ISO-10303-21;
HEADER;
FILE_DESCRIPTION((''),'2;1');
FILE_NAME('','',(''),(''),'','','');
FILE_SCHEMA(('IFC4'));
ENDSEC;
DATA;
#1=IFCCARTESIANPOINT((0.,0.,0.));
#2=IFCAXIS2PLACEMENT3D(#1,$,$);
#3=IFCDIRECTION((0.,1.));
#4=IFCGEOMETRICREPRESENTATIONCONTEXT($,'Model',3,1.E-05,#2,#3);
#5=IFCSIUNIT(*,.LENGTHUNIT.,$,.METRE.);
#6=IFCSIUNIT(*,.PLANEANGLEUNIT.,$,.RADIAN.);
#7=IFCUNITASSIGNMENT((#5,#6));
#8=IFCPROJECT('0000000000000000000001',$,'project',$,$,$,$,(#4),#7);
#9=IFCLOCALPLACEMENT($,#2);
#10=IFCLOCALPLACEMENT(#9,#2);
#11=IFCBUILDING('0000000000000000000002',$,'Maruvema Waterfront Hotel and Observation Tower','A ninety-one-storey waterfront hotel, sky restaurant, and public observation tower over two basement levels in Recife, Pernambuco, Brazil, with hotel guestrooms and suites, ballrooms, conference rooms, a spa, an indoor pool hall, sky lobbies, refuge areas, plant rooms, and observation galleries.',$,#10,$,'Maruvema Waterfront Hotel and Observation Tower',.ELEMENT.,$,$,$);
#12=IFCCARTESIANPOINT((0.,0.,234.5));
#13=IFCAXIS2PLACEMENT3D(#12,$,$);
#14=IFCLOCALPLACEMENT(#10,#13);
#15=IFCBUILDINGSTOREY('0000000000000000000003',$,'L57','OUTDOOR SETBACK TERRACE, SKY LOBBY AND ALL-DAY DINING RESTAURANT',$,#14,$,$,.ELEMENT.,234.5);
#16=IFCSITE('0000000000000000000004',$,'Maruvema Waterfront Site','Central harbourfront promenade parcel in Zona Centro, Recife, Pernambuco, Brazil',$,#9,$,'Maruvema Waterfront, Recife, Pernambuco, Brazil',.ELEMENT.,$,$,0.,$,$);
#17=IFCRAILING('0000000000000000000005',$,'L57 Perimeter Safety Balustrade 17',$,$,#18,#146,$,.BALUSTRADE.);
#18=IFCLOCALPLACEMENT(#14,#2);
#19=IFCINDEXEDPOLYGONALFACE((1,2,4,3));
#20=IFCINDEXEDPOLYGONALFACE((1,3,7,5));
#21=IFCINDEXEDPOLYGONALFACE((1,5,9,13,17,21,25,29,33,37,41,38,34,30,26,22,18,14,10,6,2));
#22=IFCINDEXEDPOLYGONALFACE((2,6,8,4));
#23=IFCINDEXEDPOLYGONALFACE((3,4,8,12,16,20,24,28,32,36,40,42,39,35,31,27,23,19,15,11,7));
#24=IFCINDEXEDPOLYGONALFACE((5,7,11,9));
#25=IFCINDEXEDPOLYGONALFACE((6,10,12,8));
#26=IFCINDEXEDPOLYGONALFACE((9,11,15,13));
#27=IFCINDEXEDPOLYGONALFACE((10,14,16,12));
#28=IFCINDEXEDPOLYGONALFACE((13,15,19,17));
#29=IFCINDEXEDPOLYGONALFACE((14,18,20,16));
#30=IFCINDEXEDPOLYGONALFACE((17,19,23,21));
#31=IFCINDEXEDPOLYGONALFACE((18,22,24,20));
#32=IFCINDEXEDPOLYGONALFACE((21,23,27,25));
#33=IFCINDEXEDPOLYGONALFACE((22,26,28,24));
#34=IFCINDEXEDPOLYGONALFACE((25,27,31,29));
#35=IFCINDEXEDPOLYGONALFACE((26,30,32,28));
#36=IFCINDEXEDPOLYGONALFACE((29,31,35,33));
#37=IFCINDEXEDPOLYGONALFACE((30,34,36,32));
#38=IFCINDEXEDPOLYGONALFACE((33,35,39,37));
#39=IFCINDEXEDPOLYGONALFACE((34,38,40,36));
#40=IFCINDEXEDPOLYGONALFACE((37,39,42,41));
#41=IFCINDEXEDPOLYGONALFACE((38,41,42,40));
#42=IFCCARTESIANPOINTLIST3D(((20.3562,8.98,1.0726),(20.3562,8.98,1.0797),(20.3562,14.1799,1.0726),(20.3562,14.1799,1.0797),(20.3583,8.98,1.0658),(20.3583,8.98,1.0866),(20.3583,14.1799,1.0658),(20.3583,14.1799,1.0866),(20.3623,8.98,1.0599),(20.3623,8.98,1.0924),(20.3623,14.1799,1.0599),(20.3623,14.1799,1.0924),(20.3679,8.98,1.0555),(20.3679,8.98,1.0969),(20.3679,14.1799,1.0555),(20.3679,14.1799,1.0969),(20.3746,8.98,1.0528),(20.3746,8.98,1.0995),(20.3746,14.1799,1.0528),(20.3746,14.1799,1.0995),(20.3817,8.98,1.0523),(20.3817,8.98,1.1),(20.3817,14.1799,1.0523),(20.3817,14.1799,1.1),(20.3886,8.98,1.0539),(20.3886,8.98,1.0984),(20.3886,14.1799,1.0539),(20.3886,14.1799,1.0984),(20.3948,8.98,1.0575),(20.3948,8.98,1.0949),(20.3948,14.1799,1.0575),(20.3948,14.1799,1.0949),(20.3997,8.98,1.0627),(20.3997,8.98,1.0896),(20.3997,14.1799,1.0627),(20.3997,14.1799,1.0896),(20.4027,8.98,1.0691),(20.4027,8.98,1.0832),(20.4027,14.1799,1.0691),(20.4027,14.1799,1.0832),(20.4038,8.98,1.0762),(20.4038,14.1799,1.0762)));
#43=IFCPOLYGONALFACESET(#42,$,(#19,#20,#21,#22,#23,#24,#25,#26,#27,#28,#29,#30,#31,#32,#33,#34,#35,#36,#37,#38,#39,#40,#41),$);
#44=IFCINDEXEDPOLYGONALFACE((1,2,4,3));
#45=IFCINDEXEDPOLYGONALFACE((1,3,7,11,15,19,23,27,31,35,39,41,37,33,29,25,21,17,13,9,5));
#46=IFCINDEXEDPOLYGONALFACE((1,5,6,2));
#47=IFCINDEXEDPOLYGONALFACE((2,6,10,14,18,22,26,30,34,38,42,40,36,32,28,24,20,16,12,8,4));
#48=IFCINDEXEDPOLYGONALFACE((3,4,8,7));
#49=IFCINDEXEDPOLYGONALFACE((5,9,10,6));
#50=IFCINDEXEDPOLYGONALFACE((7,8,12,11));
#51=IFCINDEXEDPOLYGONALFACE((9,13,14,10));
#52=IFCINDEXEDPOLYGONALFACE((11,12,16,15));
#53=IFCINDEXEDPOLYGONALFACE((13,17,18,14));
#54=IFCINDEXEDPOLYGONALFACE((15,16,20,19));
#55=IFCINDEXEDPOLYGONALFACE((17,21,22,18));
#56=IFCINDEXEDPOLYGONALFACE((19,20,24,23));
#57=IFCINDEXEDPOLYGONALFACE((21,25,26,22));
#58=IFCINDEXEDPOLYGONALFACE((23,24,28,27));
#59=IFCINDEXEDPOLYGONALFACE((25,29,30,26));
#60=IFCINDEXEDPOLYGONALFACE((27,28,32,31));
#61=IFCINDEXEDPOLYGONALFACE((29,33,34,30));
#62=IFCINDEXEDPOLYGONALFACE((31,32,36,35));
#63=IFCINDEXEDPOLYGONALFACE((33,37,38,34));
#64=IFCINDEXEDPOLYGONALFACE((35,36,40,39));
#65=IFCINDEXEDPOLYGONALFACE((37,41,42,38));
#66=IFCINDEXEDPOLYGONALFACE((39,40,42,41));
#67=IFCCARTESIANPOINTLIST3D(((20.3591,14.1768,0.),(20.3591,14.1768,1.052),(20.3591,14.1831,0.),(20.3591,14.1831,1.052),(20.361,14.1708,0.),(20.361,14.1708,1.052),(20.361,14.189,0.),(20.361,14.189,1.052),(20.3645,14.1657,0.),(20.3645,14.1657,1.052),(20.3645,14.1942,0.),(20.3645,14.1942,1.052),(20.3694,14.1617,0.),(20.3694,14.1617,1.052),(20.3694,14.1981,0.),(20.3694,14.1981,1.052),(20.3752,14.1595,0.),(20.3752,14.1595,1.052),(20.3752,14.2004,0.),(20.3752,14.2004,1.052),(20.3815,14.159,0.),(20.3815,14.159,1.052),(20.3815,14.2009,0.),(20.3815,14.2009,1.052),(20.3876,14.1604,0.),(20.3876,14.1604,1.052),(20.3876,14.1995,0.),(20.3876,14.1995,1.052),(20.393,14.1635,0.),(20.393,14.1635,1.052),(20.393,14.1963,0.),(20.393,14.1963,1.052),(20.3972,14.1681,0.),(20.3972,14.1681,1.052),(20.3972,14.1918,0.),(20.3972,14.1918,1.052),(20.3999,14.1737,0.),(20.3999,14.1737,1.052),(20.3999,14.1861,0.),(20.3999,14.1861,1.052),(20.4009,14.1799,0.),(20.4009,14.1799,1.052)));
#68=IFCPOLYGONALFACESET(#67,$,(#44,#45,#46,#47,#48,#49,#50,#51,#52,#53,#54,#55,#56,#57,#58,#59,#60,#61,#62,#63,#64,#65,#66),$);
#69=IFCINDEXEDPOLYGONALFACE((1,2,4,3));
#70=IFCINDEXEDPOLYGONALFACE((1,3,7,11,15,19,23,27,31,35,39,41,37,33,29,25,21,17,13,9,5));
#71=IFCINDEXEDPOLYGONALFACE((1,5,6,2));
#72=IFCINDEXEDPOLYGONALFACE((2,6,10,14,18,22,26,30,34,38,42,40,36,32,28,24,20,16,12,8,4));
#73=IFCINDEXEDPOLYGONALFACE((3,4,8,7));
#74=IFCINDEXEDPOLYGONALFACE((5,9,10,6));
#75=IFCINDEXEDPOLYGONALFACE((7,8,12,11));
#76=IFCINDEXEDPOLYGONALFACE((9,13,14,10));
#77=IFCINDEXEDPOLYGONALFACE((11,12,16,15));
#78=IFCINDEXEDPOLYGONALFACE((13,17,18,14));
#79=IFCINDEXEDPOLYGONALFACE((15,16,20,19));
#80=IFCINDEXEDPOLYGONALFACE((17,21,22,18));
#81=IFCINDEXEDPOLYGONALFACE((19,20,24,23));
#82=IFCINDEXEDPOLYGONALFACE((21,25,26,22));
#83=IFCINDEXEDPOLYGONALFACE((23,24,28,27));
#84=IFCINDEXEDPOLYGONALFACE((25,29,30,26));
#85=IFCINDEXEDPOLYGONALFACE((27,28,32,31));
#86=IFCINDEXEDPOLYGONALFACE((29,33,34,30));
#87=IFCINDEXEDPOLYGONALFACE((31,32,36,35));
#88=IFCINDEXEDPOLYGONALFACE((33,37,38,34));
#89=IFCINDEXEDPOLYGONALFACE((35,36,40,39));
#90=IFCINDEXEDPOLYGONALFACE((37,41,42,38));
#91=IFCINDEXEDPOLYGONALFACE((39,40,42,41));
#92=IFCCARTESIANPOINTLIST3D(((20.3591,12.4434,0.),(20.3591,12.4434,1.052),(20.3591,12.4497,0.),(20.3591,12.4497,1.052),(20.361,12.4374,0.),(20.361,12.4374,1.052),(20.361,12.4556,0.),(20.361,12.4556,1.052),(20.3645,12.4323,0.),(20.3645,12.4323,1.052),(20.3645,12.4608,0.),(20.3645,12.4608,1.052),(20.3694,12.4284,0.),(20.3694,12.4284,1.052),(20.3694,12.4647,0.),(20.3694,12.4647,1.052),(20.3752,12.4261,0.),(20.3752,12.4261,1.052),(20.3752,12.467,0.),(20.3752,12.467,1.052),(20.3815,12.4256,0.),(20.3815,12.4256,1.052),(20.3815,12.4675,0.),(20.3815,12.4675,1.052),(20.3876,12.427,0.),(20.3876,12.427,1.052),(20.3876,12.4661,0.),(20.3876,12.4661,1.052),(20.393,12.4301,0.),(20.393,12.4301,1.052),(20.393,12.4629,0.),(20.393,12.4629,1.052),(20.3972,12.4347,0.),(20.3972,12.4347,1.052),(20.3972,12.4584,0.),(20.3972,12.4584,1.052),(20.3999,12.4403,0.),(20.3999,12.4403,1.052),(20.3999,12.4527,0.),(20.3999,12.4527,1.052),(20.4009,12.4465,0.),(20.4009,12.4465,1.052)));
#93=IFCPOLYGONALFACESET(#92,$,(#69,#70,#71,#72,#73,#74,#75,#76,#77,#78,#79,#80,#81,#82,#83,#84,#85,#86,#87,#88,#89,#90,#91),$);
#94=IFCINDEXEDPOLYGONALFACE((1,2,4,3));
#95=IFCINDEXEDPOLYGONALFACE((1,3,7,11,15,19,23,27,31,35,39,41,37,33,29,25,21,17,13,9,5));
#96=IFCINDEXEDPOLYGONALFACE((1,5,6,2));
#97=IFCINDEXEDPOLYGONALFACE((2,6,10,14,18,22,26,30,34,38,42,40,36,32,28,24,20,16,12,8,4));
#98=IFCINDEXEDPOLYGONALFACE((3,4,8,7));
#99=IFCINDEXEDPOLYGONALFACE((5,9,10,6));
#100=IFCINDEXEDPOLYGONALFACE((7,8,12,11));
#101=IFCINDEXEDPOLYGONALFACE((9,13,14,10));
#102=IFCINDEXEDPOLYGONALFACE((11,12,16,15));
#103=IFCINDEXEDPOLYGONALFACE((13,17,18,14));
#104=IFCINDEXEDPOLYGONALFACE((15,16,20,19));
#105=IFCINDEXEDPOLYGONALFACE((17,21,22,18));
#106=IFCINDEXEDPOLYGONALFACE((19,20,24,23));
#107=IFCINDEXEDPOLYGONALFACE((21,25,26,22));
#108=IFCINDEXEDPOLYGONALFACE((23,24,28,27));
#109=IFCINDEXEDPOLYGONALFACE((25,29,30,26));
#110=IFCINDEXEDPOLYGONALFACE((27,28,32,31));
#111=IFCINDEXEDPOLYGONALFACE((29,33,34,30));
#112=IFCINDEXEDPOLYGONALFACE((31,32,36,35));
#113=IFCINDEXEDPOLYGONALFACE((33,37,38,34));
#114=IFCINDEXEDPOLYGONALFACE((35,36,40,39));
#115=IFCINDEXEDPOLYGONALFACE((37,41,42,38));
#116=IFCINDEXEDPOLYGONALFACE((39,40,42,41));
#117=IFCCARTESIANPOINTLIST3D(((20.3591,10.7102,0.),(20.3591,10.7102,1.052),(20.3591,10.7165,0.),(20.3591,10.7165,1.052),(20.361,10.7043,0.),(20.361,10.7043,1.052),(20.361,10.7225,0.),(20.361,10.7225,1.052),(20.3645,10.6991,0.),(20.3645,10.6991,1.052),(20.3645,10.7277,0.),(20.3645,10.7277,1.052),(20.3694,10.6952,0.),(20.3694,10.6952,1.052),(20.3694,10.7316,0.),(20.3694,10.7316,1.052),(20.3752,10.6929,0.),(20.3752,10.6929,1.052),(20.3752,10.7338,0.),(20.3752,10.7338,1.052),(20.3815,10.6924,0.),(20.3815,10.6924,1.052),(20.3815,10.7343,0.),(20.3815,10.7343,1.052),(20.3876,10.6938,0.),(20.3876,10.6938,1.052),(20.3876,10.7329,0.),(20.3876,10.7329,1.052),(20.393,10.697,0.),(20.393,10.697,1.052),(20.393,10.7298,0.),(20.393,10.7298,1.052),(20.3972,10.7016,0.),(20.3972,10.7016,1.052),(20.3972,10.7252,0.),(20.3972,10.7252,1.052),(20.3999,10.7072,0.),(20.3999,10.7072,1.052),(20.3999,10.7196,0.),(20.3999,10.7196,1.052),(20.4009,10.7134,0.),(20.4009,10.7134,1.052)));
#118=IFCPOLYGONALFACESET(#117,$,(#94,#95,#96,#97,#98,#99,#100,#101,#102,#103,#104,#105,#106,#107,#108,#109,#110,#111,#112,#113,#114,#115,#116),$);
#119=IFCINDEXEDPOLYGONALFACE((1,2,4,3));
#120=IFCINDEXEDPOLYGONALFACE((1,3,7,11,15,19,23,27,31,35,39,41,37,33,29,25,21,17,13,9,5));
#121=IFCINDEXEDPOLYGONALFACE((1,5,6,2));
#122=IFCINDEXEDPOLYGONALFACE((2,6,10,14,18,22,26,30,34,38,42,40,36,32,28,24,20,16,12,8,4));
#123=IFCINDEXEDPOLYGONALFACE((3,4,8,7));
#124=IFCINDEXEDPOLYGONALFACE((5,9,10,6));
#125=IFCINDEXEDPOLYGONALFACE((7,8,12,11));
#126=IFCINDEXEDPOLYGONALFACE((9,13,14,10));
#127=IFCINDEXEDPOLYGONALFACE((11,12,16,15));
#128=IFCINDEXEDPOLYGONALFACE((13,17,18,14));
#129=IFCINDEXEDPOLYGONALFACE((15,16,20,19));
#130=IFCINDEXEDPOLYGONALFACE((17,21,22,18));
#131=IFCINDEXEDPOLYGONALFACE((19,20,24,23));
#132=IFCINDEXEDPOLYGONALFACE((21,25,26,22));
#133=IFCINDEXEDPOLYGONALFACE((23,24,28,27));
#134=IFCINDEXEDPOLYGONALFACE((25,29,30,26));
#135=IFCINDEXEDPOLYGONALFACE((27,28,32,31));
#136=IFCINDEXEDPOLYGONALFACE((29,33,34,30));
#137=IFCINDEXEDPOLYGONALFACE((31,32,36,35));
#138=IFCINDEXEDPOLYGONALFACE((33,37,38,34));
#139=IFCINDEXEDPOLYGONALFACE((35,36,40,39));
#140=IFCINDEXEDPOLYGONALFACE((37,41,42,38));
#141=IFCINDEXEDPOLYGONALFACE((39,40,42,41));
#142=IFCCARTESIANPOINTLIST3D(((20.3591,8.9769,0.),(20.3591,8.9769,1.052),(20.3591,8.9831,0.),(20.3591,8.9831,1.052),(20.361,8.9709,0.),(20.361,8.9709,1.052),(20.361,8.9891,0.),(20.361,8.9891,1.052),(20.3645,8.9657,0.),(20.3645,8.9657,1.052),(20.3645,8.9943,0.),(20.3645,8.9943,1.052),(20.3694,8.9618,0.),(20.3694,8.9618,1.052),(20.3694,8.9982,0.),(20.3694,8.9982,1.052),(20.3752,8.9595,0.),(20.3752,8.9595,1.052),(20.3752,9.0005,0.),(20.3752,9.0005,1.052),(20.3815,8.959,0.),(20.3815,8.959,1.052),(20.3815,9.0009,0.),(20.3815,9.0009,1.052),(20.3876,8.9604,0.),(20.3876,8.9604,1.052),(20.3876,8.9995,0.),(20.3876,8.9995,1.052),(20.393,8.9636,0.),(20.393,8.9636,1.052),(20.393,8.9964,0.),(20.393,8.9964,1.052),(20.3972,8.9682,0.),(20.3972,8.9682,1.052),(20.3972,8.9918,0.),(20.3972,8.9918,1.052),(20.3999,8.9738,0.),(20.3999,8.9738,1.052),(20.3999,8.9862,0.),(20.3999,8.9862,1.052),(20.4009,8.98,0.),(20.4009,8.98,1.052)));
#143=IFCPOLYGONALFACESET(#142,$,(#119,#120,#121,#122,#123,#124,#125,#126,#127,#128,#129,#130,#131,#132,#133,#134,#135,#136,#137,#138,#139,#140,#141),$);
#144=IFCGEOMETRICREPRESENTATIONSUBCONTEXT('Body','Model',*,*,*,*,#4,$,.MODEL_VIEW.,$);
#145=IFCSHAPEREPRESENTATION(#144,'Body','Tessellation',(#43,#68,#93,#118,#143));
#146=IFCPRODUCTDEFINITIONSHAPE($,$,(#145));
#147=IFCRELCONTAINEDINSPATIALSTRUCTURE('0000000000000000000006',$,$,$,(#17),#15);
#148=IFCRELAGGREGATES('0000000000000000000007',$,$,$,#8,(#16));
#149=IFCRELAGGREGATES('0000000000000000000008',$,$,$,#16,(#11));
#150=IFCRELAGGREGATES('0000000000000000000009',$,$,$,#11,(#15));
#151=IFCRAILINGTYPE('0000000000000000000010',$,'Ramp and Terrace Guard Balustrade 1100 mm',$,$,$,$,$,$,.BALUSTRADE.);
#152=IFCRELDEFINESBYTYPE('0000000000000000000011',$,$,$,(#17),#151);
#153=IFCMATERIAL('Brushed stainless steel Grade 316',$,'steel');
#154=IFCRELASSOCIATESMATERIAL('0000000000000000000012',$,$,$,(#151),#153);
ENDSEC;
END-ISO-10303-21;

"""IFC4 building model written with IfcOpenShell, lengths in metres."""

from ifc_helpers import new_model, si_unit, direction, frame, origin, origin_2d, place, context, subcontext, project, spatial, circle, extrude, material, type_object, element, save


model = new_model("IFC4")

# Units and contexts
model_context = context("Model", 3, precision=1e-05, world=origin(), true_north=direction((0.0, 1.0)))
body_context = subcontext(model_context, "Body", "Model", "MODEL_VIEW")
ifc_project = project(units=[si_unit("LENGTHUNIT", "METRE"), si_unit("PLANEANGLEUNIT", "RADIAN")], contexts=[model_context])

# Site, building, storey
site_placement = place(None, origin())
site = spatial("IfcSite", under=ifc_project, at=site_placement, Name="Maruvema Waterfront Site", Description="Central harbourfront promenade parcel in Zona Centro, Recife, Pernambuco, Brazil", LongName="Maruvema Waterfront, Recife, Pernambuco, Brazil", CompositionType="ELEMENT", RefElevation=0.0)
building_placement = place(site_placement, origin())
building = spatial("IfcBuilding", under=site, at=building_placement, Name="Maruvema Waterfront Hotel and Observation Tower", Description="A ninety-one-storey waterfront hotel, sky restaurant, and public observation tower over two basement levels in Recife, Pernambuco, Brazil, with hotel guestrooms and suites, ballrooms, conference rooms, a spa, an indoor pool hall, sky lobbies, refuge areas, plant rooms, and observation galleries.", LongName="Maruvema Waterfront Hotel and Observation Tower", CompositionType="ELEMENT")
storey_placement = place(building_placement, frame((0.0, 0.0, 234.5)))
storey = spatial("IfcBuildingStorey", under=building, at=storey_placement, Name="L57", Description="OUTDOOR SETBACK TERRACE, SKY LOBBY AND ALL-DAY DINING RESTAURANT", CompositionType="ELEMENT", Elevation=234.5)

# Railing
ifc_material_1 = material(Name="Brushed stainless steel Grade 316", Category="steel")
railing_type = type_object("IfcRailingType", Name="Ramp and Terrace Guard Balustrade 1100 mm", PredefinedType="BALUSTRADE", material=ifc_material_1)
railing_1_placement = place(storey_placement, frame((20.3799, 14.1799, 0.0)))
element("IfcRailing", 1, at=railing_1_placement, inside=storey, type_object=railing_type, Name="L57 Perimeter Safety Balustrade 17", PredefinedType="BALUSTRADE", context=body_context, shape_type="SweptSolid", body=[
    extrude(circle(Radius=0.0239, at=origin_2d()), frame((0.0, 0.0, 1.0762), z_axis=(0.0, -1.0, 0.0), x_axis=(1.0, 0.0, 0.0)), (0.0, 0.0, 1.0), 5.2),
    extrude(circle(Radius=0.021, at=origin_2d()), origin(), (0.0, 0.0, 1.0), 1.052),
    extrude(circle(Radius=0.021, at=origin_2d()), frame((0.0, -1.7334, 0.0)), (0.0, 0.0, 1.0), 1.052),
    extrude(circle(Radius=0.021, at=origin_2d()), frame((0.0, -3.4666, 0.0)), (0.0, 0.0, 1.0), 1.052),
    extrude(circle(Radius=0.021, at=origin_2d()), frame((0.0, -5.2, 0.0)), (0.0, 0.0, 1.0), 1.052),
])

save(model, "model.ifc")
